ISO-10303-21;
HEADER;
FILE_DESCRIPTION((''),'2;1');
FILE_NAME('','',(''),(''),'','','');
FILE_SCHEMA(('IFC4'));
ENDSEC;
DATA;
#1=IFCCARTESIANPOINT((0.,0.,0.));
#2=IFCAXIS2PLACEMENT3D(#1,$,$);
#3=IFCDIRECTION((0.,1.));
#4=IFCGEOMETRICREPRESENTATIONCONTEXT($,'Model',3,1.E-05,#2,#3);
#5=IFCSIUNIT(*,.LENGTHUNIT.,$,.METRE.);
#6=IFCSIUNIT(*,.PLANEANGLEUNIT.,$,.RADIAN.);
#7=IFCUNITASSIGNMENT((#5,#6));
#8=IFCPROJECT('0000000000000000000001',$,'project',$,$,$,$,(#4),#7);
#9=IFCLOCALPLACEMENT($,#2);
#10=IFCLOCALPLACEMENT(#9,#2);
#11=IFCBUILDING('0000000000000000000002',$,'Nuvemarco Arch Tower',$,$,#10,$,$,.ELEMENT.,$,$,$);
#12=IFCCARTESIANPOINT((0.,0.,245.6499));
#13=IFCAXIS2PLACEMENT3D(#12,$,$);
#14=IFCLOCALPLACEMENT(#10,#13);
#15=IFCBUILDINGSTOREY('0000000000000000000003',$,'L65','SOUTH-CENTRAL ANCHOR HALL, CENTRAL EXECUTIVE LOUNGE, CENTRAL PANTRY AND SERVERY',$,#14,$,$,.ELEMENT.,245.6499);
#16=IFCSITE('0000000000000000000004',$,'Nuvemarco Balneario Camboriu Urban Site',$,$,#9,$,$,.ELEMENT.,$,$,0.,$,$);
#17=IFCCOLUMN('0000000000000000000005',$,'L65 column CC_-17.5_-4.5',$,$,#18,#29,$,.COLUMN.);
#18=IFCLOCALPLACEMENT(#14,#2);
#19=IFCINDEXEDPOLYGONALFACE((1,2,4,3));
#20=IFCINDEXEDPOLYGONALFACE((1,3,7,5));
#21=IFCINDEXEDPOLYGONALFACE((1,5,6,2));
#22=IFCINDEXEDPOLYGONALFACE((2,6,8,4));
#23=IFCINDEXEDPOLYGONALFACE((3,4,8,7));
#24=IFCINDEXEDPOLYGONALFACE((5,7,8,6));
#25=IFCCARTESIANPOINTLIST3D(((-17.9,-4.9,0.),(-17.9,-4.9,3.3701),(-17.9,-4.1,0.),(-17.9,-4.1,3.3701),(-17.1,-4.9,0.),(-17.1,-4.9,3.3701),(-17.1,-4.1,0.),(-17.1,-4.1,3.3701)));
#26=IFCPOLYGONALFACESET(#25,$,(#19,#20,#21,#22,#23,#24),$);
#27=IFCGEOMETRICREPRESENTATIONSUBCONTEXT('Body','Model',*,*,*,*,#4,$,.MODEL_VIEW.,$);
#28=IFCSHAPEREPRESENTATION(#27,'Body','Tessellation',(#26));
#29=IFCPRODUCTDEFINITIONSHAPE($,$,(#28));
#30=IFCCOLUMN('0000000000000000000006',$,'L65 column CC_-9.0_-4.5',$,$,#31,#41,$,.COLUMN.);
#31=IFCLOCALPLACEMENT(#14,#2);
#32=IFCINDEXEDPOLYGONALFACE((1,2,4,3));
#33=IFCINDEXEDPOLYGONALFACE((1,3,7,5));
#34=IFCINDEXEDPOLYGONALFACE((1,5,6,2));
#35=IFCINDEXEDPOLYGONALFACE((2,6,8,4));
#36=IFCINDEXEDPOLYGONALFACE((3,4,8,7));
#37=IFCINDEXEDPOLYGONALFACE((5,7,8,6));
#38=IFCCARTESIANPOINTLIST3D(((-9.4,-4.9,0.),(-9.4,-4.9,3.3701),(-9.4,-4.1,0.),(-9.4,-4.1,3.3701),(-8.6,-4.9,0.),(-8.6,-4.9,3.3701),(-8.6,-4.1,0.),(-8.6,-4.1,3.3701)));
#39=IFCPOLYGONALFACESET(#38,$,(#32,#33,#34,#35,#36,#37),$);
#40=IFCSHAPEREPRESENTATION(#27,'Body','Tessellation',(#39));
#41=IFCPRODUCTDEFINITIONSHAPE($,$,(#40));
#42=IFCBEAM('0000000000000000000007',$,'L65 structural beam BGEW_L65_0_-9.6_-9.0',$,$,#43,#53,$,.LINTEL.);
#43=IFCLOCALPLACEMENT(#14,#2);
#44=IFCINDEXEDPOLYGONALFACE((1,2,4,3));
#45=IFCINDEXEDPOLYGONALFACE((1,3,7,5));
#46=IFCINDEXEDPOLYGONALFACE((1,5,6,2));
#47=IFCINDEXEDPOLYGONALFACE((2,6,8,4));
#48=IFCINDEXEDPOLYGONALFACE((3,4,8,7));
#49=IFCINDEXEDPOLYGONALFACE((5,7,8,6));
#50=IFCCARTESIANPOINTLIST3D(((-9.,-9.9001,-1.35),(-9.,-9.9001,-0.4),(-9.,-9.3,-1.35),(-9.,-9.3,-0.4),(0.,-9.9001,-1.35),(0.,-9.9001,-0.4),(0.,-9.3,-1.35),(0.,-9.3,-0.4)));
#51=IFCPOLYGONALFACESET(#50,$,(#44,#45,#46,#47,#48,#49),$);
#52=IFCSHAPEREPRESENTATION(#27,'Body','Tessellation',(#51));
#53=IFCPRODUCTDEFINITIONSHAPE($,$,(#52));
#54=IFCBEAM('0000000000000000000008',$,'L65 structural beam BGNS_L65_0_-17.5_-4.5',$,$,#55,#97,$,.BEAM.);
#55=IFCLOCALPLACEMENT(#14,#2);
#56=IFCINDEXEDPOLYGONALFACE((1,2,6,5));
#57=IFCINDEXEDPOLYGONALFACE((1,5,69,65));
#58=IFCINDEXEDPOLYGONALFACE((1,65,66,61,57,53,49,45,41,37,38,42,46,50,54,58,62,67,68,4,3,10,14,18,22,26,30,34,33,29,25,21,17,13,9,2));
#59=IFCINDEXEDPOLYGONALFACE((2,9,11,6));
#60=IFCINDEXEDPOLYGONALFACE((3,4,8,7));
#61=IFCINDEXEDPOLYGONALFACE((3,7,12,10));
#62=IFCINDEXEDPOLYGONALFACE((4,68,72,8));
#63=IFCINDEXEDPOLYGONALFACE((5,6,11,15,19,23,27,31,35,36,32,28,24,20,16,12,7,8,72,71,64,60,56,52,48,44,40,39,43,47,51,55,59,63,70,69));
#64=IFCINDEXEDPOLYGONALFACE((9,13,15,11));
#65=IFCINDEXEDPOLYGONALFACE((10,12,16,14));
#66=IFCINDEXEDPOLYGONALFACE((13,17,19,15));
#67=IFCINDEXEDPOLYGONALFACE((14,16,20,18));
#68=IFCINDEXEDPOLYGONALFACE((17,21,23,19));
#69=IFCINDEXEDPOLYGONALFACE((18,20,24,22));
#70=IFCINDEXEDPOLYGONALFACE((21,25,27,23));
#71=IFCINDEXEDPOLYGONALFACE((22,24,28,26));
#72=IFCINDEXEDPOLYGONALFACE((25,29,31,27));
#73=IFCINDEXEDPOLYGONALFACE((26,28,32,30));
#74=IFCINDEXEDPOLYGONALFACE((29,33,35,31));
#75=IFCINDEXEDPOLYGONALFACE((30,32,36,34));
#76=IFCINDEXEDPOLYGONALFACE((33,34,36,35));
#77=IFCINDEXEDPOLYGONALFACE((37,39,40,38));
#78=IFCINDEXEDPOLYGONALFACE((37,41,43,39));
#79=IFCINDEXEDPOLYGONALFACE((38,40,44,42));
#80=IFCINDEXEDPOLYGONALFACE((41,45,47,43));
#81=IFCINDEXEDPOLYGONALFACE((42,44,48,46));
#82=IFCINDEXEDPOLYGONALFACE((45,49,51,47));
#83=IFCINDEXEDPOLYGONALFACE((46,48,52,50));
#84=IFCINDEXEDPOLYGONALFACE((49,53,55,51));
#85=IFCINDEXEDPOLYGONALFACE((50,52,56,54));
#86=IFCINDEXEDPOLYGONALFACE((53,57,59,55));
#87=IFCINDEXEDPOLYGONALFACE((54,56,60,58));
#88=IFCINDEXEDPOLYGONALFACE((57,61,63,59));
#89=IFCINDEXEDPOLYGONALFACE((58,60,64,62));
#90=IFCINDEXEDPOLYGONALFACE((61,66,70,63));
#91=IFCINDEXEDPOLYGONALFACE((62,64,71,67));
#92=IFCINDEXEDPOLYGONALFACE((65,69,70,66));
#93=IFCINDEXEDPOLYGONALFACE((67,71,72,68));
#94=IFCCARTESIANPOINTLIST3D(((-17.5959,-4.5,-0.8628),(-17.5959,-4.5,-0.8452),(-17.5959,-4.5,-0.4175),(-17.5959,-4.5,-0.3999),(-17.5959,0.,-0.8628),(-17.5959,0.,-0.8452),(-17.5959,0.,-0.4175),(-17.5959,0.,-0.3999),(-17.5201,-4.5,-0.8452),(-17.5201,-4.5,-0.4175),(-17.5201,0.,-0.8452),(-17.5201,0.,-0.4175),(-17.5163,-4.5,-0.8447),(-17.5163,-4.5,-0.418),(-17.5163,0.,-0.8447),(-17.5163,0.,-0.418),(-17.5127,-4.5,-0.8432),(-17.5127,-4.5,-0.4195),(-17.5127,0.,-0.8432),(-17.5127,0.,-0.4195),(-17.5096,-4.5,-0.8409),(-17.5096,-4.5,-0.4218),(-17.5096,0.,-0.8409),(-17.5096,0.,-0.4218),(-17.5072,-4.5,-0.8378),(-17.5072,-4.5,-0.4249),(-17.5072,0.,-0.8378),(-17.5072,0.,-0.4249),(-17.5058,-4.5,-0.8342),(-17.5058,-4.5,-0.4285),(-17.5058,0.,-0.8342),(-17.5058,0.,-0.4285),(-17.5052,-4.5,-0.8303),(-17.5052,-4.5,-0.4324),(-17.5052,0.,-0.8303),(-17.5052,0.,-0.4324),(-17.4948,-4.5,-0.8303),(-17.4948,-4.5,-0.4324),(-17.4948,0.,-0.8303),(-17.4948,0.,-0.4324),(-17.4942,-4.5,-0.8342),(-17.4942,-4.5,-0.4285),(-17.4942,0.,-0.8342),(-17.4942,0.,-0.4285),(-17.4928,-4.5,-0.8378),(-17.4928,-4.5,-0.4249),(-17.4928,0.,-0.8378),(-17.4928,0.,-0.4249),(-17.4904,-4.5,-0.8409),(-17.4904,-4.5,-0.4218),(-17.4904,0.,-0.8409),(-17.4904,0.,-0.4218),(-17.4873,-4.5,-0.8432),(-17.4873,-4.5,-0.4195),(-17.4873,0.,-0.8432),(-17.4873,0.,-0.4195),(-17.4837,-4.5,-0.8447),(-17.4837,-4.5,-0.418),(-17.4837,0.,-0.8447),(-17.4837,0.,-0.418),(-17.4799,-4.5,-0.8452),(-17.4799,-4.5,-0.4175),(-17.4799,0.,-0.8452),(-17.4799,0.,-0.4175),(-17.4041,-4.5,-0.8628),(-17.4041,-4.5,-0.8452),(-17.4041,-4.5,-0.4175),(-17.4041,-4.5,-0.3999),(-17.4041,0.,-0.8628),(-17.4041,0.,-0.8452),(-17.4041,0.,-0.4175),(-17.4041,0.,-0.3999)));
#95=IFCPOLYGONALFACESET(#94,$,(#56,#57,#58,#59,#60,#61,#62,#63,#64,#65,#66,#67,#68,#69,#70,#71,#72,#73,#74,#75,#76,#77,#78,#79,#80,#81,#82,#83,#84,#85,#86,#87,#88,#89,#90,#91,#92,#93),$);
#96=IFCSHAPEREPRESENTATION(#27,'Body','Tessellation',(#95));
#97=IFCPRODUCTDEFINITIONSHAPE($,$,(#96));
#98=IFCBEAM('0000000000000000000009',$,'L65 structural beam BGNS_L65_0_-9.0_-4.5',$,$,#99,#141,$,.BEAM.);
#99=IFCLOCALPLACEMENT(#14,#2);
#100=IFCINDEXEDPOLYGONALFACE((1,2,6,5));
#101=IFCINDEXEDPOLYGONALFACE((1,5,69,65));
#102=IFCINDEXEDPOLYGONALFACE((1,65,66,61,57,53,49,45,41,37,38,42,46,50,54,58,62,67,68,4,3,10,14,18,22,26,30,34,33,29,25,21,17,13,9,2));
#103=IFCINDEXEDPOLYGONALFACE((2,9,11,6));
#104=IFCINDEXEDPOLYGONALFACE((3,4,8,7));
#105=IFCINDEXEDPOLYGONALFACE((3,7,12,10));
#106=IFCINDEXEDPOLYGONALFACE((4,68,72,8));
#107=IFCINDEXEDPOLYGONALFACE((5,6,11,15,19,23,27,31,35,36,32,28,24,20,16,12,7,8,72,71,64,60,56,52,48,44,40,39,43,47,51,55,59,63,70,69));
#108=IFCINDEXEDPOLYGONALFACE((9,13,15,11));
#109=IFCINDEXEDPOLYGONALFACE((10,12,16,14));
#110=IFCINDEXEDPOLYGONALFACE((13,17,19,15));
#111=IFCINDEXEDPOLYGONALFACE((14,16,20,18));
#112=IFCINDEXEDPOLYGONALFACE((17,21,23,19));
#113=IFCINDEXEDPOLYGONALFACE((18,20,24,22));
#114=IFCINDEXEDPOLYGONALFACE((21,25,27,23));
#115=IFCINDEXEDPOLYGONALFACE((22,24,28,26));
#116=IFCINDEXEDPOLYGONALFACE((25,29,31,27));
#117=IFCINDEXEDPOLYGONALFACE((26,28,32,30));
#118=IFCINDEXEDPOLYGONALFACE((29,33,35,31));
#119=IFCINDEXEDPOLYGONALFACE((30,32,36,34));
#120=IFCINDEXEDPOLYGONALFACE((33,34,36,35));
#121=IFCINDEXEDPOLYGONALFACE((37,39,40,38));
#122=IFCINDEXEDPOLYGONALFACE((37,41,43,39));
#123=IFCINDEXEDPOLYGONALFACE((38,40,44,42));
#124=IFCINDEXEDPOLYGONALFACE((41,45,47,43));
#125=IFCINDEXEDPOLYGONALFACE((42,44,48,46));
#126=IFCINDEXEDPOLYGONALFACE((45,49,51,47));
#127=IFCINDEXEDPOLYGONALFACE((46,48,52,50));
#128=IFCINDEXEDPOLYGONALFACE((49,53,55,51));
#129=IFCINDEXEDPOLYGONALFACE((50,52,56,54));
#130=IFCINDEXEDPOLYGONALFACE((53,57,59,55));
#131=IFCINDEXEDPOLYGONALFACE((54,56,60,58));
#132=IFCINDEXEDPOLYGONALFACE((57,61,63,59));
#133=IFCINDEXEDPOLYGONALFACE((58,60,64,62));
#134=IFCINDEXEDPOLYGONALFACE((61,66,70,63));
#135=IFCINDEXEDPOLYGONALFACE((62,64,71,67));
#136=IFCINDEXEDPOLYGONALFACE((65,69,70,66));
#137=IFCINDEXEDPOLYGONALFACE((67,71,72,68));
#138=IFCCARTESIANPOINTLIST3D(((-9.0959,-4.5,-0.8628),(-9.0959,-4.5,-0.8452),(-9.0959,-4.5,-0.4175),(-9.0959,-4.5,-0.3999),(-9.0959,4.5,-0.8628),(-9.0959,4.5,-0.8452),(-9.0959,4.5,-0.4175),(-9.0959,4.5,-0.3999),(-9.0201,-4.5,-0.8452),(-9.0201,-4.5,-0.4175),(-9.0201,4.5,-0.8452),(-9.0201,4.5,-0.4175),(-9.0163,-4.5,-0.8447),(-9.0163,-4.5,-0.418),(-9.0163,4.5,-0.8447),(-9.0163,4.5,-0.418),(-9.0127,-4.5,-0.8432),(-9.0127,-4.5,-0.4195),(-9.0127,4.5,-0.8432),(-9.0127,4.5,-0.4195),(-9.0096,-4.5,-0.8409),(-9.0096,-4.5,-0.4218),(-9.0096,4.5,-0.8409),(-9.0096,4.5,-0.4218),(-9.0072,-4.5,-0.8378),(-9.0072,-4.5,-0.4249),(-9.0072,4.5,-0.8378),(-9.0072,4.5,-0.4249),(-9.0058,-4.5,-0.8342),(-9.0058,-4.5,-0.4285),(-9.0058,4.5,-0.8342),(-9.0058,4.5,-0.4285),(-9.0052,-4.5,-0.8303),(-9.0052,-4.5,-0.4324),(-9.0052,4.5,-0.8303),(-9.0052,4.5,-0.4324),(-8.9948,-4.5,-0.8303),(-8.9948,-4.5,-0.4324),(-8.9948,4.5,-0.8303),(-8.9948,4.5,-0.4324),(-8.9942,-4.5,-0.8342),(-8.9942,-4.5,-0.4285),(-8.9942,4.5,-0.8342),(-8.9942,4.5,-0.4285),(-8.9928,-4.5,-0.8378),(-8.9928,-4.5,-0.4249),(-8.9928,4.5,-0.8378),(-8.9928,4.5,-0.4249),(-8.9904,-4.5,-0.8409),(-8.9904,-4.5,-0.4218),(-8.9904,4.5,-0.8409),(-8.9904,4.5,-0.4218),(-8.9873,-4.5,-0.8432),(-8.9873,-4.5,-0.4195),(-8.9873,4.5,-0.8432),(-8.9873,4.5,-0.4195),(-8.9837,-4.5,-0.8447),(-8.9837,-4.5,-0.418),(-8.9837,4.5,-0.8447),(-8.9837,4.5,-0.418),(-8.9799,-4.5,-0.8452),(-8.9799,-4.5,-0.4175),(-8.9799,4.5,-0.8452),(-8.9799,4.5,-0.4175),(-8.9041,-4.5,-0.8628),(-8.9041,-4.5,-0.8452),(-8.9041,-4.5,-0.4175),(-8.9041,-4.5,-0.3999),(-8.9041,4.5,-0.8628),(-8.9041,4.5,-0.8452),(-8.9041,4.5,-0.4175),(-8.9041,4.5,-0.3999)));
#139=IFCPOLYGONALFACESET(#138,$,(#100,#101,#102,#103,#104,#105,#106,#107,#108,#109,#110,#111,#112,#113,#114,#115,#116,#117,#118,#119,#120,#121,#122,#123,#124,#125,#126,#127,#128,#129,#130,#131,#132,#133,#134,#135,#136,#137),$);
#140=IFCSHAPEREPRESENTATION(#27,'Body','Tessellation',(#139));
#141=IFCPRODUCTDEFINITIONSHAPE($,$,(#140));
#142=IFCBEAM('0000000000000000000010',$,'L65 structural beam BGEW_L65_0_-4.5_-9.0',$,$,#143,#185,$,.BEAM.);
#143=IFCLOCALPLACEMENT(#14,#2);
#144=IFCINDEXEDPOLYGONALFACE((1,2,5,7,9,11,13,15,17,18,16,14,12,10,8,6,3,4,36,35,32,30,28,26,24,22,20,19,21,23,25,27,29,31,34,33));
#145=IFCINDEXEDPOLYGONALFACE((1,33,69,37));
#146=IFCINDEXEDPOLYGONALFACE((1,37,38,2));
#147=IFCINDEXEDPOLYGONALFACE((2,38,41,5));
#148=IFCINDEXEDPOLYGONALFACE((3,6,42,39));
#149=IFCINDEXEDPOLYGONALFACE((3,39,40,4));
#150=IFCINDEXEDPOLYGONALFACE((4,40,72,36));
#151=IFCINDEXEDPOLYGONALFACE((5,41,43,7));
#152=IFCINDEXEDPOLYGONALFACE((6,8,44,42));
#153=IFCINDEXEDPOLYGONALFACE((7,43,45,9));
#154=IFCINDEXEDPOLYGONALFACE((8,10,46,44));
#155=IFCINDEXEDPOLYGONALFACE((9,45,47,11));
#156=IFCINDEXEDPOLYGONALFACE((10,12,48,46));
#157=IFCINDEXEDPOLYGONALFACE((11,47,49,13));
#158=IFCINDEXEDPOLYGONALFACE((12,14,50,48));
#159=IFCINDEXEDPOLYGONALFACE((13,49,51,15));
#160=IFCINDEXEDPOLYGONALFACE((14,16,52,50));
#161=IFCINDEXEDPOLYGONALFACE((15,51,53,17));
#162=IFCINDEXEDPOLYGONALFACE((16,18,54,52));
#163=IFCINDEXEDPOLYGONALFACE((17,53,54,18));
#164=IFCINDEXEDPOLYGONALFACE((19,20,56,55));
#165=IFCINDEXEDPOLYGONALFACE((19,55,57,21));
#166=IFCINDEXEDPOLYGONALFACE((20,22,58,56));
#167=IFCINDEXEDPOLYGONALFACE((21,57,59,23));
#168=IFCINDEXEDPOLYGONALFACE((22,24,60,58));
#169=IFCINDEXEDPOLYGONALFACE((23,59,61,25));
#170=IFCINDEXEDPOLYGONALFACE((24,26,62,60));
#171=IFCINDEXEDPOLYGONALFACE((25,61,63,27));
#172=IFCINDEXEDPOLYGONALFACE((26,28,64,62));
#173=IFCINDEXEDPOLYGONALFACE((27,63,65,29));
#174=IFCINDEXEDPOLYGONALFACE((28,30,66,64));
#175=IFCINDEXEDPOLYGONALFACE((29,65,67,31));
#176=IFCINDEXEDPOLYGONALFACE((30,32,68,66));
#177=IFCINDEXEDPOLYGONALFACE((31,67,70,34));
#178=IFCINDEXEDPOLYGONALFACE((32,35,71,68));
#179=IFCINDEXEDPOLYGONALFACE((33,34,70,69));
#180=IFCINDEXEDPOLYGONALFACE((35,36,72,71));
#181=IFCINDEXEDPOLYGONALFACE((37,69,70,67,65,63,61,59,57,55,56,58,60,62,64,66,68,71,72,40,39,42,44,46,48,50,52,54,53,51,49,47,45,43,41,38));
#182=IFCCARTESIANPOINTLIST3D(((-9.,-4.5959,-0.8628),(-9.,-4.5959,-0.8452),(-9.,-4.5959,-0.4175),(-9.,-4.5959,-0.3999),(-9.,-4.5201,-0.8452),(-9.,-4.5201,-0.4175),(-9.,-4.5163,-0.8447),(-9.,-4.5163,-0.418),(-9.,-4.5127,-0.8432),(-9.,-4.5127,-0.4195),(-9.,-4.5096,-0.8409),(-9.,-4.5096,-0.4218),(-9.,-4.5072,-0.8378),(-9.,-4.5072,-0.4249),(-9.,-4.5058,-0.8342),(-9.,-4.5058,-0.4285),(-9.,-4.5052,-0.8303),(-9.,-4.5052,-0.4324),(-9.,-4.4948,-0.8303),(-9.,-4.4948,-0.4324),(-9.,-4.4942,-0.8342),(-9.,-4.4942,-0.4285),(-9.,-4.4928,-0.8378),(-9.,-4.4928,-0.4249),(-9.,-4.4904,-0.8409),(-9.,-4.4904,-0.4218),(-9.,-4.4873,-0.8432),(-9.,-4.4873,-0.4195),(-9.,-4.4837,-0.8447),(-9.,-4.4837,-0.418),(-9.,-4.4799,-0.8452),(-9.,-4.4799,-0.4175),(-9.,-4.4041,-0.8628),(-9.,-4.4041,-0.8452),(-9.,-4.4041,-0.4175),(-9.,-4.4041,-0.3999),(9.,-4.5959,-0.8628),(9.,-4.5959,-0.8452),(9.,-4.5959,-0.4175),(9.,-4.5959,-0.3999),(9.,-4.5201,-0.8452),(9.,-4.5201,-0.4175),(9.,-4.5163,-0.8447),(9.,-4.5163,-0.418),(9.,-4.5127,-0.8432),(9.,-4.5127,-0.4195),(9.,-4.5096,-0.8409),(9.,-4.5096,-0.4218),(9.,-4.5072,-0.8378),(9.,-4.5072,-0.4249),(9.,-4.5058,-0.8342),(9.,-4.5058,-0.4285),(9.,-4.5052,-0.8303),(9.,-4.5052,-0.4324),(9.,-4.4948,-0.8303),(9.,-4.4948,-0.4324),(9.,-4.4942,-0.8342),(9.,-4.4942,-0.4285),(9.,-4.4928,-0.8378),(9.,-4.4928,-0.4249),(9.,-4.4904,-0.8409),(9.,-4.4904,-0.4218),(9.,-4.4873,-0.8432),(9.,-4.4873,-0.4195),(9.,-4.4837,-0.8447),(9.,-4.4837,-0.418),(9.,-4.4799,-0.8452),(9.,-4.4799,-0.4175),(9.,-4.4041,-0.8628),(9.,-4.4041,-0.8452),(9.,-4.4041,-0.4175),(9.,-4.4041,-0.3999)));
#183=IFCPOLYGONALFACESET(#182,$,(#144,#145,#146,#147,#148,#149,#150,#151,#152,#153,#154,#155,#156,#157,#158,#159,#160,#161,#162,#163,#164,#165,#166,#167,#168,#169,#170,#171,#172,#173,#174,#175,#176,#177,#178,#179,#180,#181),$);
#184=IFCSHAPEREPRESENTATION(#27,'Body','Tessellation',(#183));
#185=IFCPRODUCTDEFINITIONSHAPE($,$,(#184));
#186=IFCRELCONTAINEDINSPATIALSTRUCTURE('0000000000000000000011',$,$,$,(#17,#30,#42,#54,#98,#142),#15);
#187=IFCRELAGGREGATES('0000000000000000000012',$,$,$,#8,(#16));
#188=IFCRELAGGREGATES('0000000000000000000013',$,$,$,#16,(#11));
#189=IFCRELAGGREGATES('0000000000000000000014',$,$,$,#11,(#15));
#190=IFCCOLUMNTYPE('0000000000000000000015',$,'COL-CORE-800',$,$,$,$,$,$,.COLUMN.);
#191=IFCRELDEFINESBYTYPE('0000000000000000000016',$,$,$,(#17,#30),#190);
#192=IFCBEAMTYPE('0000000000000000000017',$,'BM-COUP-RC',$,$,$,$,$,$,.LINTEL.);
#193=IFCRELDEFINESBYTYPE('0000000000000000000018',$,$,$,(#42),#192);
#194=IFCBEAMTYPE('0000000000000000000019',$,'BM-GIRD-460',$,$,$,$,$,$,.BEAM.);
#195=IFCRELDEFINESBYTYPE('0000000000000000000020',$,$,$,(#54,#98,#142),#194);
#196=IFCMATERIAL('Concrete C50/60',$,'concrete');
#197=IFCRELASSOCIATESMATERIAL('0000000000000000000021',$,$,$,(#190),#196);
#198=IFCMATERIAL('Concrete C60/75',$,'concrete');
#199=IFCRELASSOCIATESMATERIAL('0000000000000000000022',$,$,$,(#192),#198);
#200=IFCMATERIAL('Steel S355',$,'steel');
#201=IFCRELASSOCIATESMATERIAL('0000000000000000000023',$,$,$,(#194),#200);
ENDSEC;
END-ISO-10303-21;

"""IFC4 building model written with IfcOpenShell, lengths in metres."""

from ifc_helpers import new_model, si_unit, direction, frame, origin, origin_2d, place, context, subcontext, project, spatial, rectangle, i_section, extrude, material, material_profile, profile_set, type_object, element, save


model = new_model("IFC4")

# Units and contexts
model_context = context("Model", 3, precision=1e-05, world=origin(), true_north=direction((0.0, 1.0)))
body_context = subcontext(model_context, "Body", "Model", "MODEL_VIEW")
ifc_project = project(units=[si_unit("LENGTHUNIT", "METRE"), si_unit("PLANEANGLEUNIT", "RADIAN")], contexts=[model_context])

# Site, building, storey
site_placement = place(None, origin())
site = spatial("IfcSite", under=ifc_project, at=site_placement, Name="Nuvemarco Balneario Camboriu Urban Site", CompositionType="ELEMENT", RefElevation=0.0)
building_placement = place(site_placement, origin())
building = spatial("IfcBuilding", under=site, at=building_placement, Name="Nuvemarco Arch Tower", CompositionType="ELEMENT")
storey_placement = place(building_placement, frame((0.0, 0.0, 245.6499)))
storey = spatial("IfcBuildingStorey", under=building, at=storey_placement, Name="L65", Description="SOUTH-CENTRAL ANCHOR HALL, CENTRAL EXECUTIVE LOUNGE, CENTRAL PANTRY AND SERVERY", CompositionType="ELEMENT", Elevation=245.6499)

# Columns
ifc_material_1 = material(Name="Concrete C50/60", Category="concrete")
ifc_material_profile_1 = material_profile(ifc_material_1, rectangle(XDim=0.8, YDim=0.8, at=origin_2d()), Name="RC-COL-800x800")
ifc_profile_set_1 = profile_set([ifc_material_profile_1], Name="Concrete C50/60")
column_type = type_object("IfcColumnType", Name="COL-CORE-800", PredefinedType="COLUMN", material=ifc_profile_set_1)
for number, where, z_axis, x_axis, name in (
    (1, (-17.5, -4.5, 0.0), (0.0, 0.0, 1.0), (1.0, 0.0, 0.0), "L65 column CC_-17.5_-4.5"),
    (2, (-9.0, -4.5, 0.0), (0.0, 0.0, 1.0), (1.0, 0.0, 0.0), "L65 column CC_-9.0_-4.5"),
):
    element("IfcColumn", number, at=place(storey_placement, frame(where, z_axis=z_axis, x_axis=x_axis)), inside=storey, type_object=column_type, Name=name, PredefinedType="COLUMN", context=body_context, shape_type="SweptSolid", body=[
        extrude(rectangle(XDim=0.8, YDim=0.8, at=origin_2d()), origin(), (0.0, 0.0, 1.0), 3.3701),
    ])

# Beams
ifc_material_2 = material(Name="Concrete C60/75", Category="concrete")
ifc_material_profile_2 = material_profile(ifc_material_2, rectangle(XDim=0.6001, YDim=0.95, at=origin_2d()), Name="RC-BM-600x950")
ifc_profile_set_2 = profile_set([ifc_material_profile_2], Name="Concrete C60/75")
beam_type_1 = type_object("IfcBeamType", Name="BM-COUP-RC", PredefinedType="LINTEL", material=ifc_profile_set_2)
beam_1_placement = place(storey_placement, frame((-9.0, -9.6001, -0.875), z_axis=(1.0, 0.0, 0.0), x_axis=(0.0, 1.0, 0.0)))
element("IfcBeam", 3, at=beam_1_placement, inside=storey, type_object=beam_type_1, Name="L65 structural beam BGEW_L65_0_-9.6_-9.0", PredefinedType="LINTEL", context=body_context, shape_type="SweptSolid", body=[
    extrude(rectangle(XDim=0.6001, YDim=0.95, at=origin_2d()), origin(), (0.0, 0.0, 1.0), 9.0),
])
ifc_material_3 = material(Name="Steel S355", Category="steel")
ifc_material_profile_3 = material_profile(ifc_material_3, i_section(OverallWidth=0.1919, OverallDepth=0.4629, WebThickness=0.0105, FlangeThickness=0.0176, FilletRadius=0.0149, at=origin_2d()), Name="W460x89")
ifc_profile_set_3 = profile_set([ifc_material_profile_3], Name="Steel S355")
beam_type_2 = type_object("IfcBeamType", Name="BM-GIRD-460", PredefinedType="BEAM", material=ifc_profile_set_3)
beam_2_placement = place(storey_placement, frame((-17.5, -4.5, -0.6313), z_axis=(0.0, 1.0, 0.0), x_axis=(-1.0, 0.0, 0.0)))
element("IfcBeam", 4, at=beam_2_placement, inside=storey, type_object=beam_type_2, Name="L65 structural beam BGNS_L65_0_-17.5_-4.5", PredefinedType="BEAM", context=body_context, shape_type="SweptSolid", body=[
    extrude(i_section(OverallWidth=0.1919, OverallDepth=0.4629, WebThickness=0.0105, FlangeThickness=0.0176, FilletRadius=0.0149, at=origin_2d()), origin(), (0.0, 0.0, 1.0), 4.5),
])
beam_3_placement = place(storey_placement, frame((-9.0, -4.5, -0.6313), z_axis=(0.0, 1.0, 0.0), x_axis=(-1.0, 0.0, 0.0)))
element("IfcBeam", 5, at=beam_3_placement, inside=storey, type_object=beam_type_2, Name="L65 structural beam BGNS_L65_0_-9.0_-4.5", PredefinedType="BEAM", context=body_context, shape_type="SweptSolid", body=[
    extrude(i_section(OverallWidth=0.1919, OverallDepth=0.4629, WebThickness=0.0105, FlangeThickness=0.0176, FilletRadius=0.0149, at=origin_2d()), origin(), (0.0, 0.0, 1.0), 9.0),
])
beam_4_placement = place(storey_placement, frame((-9.0, -4.5, -0.6313), z_axis=(1.0, 0.0, 0.0), x_axis=(0.0, 1.0, 0.0)))
element("IfcBeam", 6, at=beam_4_placement, inside=storey, type_object=beam_type_2, Name="L65 structural beam BGEW_L65_0_-4.5_-9.0", PredefinedType="BEAM", context=body_context, shape_type="SweptSolid", body=[
    extrude(i_section(OverallWidth=0.1919, OverallDepth=0.4629, WebThickness=0.0105, FlangeThickness=0.0176, FilletRadius=0.0149, at=origin_2d()), origin(), (0.0, 0.0, 1.0), 18.0),
])

save(model, "model.ifc")
